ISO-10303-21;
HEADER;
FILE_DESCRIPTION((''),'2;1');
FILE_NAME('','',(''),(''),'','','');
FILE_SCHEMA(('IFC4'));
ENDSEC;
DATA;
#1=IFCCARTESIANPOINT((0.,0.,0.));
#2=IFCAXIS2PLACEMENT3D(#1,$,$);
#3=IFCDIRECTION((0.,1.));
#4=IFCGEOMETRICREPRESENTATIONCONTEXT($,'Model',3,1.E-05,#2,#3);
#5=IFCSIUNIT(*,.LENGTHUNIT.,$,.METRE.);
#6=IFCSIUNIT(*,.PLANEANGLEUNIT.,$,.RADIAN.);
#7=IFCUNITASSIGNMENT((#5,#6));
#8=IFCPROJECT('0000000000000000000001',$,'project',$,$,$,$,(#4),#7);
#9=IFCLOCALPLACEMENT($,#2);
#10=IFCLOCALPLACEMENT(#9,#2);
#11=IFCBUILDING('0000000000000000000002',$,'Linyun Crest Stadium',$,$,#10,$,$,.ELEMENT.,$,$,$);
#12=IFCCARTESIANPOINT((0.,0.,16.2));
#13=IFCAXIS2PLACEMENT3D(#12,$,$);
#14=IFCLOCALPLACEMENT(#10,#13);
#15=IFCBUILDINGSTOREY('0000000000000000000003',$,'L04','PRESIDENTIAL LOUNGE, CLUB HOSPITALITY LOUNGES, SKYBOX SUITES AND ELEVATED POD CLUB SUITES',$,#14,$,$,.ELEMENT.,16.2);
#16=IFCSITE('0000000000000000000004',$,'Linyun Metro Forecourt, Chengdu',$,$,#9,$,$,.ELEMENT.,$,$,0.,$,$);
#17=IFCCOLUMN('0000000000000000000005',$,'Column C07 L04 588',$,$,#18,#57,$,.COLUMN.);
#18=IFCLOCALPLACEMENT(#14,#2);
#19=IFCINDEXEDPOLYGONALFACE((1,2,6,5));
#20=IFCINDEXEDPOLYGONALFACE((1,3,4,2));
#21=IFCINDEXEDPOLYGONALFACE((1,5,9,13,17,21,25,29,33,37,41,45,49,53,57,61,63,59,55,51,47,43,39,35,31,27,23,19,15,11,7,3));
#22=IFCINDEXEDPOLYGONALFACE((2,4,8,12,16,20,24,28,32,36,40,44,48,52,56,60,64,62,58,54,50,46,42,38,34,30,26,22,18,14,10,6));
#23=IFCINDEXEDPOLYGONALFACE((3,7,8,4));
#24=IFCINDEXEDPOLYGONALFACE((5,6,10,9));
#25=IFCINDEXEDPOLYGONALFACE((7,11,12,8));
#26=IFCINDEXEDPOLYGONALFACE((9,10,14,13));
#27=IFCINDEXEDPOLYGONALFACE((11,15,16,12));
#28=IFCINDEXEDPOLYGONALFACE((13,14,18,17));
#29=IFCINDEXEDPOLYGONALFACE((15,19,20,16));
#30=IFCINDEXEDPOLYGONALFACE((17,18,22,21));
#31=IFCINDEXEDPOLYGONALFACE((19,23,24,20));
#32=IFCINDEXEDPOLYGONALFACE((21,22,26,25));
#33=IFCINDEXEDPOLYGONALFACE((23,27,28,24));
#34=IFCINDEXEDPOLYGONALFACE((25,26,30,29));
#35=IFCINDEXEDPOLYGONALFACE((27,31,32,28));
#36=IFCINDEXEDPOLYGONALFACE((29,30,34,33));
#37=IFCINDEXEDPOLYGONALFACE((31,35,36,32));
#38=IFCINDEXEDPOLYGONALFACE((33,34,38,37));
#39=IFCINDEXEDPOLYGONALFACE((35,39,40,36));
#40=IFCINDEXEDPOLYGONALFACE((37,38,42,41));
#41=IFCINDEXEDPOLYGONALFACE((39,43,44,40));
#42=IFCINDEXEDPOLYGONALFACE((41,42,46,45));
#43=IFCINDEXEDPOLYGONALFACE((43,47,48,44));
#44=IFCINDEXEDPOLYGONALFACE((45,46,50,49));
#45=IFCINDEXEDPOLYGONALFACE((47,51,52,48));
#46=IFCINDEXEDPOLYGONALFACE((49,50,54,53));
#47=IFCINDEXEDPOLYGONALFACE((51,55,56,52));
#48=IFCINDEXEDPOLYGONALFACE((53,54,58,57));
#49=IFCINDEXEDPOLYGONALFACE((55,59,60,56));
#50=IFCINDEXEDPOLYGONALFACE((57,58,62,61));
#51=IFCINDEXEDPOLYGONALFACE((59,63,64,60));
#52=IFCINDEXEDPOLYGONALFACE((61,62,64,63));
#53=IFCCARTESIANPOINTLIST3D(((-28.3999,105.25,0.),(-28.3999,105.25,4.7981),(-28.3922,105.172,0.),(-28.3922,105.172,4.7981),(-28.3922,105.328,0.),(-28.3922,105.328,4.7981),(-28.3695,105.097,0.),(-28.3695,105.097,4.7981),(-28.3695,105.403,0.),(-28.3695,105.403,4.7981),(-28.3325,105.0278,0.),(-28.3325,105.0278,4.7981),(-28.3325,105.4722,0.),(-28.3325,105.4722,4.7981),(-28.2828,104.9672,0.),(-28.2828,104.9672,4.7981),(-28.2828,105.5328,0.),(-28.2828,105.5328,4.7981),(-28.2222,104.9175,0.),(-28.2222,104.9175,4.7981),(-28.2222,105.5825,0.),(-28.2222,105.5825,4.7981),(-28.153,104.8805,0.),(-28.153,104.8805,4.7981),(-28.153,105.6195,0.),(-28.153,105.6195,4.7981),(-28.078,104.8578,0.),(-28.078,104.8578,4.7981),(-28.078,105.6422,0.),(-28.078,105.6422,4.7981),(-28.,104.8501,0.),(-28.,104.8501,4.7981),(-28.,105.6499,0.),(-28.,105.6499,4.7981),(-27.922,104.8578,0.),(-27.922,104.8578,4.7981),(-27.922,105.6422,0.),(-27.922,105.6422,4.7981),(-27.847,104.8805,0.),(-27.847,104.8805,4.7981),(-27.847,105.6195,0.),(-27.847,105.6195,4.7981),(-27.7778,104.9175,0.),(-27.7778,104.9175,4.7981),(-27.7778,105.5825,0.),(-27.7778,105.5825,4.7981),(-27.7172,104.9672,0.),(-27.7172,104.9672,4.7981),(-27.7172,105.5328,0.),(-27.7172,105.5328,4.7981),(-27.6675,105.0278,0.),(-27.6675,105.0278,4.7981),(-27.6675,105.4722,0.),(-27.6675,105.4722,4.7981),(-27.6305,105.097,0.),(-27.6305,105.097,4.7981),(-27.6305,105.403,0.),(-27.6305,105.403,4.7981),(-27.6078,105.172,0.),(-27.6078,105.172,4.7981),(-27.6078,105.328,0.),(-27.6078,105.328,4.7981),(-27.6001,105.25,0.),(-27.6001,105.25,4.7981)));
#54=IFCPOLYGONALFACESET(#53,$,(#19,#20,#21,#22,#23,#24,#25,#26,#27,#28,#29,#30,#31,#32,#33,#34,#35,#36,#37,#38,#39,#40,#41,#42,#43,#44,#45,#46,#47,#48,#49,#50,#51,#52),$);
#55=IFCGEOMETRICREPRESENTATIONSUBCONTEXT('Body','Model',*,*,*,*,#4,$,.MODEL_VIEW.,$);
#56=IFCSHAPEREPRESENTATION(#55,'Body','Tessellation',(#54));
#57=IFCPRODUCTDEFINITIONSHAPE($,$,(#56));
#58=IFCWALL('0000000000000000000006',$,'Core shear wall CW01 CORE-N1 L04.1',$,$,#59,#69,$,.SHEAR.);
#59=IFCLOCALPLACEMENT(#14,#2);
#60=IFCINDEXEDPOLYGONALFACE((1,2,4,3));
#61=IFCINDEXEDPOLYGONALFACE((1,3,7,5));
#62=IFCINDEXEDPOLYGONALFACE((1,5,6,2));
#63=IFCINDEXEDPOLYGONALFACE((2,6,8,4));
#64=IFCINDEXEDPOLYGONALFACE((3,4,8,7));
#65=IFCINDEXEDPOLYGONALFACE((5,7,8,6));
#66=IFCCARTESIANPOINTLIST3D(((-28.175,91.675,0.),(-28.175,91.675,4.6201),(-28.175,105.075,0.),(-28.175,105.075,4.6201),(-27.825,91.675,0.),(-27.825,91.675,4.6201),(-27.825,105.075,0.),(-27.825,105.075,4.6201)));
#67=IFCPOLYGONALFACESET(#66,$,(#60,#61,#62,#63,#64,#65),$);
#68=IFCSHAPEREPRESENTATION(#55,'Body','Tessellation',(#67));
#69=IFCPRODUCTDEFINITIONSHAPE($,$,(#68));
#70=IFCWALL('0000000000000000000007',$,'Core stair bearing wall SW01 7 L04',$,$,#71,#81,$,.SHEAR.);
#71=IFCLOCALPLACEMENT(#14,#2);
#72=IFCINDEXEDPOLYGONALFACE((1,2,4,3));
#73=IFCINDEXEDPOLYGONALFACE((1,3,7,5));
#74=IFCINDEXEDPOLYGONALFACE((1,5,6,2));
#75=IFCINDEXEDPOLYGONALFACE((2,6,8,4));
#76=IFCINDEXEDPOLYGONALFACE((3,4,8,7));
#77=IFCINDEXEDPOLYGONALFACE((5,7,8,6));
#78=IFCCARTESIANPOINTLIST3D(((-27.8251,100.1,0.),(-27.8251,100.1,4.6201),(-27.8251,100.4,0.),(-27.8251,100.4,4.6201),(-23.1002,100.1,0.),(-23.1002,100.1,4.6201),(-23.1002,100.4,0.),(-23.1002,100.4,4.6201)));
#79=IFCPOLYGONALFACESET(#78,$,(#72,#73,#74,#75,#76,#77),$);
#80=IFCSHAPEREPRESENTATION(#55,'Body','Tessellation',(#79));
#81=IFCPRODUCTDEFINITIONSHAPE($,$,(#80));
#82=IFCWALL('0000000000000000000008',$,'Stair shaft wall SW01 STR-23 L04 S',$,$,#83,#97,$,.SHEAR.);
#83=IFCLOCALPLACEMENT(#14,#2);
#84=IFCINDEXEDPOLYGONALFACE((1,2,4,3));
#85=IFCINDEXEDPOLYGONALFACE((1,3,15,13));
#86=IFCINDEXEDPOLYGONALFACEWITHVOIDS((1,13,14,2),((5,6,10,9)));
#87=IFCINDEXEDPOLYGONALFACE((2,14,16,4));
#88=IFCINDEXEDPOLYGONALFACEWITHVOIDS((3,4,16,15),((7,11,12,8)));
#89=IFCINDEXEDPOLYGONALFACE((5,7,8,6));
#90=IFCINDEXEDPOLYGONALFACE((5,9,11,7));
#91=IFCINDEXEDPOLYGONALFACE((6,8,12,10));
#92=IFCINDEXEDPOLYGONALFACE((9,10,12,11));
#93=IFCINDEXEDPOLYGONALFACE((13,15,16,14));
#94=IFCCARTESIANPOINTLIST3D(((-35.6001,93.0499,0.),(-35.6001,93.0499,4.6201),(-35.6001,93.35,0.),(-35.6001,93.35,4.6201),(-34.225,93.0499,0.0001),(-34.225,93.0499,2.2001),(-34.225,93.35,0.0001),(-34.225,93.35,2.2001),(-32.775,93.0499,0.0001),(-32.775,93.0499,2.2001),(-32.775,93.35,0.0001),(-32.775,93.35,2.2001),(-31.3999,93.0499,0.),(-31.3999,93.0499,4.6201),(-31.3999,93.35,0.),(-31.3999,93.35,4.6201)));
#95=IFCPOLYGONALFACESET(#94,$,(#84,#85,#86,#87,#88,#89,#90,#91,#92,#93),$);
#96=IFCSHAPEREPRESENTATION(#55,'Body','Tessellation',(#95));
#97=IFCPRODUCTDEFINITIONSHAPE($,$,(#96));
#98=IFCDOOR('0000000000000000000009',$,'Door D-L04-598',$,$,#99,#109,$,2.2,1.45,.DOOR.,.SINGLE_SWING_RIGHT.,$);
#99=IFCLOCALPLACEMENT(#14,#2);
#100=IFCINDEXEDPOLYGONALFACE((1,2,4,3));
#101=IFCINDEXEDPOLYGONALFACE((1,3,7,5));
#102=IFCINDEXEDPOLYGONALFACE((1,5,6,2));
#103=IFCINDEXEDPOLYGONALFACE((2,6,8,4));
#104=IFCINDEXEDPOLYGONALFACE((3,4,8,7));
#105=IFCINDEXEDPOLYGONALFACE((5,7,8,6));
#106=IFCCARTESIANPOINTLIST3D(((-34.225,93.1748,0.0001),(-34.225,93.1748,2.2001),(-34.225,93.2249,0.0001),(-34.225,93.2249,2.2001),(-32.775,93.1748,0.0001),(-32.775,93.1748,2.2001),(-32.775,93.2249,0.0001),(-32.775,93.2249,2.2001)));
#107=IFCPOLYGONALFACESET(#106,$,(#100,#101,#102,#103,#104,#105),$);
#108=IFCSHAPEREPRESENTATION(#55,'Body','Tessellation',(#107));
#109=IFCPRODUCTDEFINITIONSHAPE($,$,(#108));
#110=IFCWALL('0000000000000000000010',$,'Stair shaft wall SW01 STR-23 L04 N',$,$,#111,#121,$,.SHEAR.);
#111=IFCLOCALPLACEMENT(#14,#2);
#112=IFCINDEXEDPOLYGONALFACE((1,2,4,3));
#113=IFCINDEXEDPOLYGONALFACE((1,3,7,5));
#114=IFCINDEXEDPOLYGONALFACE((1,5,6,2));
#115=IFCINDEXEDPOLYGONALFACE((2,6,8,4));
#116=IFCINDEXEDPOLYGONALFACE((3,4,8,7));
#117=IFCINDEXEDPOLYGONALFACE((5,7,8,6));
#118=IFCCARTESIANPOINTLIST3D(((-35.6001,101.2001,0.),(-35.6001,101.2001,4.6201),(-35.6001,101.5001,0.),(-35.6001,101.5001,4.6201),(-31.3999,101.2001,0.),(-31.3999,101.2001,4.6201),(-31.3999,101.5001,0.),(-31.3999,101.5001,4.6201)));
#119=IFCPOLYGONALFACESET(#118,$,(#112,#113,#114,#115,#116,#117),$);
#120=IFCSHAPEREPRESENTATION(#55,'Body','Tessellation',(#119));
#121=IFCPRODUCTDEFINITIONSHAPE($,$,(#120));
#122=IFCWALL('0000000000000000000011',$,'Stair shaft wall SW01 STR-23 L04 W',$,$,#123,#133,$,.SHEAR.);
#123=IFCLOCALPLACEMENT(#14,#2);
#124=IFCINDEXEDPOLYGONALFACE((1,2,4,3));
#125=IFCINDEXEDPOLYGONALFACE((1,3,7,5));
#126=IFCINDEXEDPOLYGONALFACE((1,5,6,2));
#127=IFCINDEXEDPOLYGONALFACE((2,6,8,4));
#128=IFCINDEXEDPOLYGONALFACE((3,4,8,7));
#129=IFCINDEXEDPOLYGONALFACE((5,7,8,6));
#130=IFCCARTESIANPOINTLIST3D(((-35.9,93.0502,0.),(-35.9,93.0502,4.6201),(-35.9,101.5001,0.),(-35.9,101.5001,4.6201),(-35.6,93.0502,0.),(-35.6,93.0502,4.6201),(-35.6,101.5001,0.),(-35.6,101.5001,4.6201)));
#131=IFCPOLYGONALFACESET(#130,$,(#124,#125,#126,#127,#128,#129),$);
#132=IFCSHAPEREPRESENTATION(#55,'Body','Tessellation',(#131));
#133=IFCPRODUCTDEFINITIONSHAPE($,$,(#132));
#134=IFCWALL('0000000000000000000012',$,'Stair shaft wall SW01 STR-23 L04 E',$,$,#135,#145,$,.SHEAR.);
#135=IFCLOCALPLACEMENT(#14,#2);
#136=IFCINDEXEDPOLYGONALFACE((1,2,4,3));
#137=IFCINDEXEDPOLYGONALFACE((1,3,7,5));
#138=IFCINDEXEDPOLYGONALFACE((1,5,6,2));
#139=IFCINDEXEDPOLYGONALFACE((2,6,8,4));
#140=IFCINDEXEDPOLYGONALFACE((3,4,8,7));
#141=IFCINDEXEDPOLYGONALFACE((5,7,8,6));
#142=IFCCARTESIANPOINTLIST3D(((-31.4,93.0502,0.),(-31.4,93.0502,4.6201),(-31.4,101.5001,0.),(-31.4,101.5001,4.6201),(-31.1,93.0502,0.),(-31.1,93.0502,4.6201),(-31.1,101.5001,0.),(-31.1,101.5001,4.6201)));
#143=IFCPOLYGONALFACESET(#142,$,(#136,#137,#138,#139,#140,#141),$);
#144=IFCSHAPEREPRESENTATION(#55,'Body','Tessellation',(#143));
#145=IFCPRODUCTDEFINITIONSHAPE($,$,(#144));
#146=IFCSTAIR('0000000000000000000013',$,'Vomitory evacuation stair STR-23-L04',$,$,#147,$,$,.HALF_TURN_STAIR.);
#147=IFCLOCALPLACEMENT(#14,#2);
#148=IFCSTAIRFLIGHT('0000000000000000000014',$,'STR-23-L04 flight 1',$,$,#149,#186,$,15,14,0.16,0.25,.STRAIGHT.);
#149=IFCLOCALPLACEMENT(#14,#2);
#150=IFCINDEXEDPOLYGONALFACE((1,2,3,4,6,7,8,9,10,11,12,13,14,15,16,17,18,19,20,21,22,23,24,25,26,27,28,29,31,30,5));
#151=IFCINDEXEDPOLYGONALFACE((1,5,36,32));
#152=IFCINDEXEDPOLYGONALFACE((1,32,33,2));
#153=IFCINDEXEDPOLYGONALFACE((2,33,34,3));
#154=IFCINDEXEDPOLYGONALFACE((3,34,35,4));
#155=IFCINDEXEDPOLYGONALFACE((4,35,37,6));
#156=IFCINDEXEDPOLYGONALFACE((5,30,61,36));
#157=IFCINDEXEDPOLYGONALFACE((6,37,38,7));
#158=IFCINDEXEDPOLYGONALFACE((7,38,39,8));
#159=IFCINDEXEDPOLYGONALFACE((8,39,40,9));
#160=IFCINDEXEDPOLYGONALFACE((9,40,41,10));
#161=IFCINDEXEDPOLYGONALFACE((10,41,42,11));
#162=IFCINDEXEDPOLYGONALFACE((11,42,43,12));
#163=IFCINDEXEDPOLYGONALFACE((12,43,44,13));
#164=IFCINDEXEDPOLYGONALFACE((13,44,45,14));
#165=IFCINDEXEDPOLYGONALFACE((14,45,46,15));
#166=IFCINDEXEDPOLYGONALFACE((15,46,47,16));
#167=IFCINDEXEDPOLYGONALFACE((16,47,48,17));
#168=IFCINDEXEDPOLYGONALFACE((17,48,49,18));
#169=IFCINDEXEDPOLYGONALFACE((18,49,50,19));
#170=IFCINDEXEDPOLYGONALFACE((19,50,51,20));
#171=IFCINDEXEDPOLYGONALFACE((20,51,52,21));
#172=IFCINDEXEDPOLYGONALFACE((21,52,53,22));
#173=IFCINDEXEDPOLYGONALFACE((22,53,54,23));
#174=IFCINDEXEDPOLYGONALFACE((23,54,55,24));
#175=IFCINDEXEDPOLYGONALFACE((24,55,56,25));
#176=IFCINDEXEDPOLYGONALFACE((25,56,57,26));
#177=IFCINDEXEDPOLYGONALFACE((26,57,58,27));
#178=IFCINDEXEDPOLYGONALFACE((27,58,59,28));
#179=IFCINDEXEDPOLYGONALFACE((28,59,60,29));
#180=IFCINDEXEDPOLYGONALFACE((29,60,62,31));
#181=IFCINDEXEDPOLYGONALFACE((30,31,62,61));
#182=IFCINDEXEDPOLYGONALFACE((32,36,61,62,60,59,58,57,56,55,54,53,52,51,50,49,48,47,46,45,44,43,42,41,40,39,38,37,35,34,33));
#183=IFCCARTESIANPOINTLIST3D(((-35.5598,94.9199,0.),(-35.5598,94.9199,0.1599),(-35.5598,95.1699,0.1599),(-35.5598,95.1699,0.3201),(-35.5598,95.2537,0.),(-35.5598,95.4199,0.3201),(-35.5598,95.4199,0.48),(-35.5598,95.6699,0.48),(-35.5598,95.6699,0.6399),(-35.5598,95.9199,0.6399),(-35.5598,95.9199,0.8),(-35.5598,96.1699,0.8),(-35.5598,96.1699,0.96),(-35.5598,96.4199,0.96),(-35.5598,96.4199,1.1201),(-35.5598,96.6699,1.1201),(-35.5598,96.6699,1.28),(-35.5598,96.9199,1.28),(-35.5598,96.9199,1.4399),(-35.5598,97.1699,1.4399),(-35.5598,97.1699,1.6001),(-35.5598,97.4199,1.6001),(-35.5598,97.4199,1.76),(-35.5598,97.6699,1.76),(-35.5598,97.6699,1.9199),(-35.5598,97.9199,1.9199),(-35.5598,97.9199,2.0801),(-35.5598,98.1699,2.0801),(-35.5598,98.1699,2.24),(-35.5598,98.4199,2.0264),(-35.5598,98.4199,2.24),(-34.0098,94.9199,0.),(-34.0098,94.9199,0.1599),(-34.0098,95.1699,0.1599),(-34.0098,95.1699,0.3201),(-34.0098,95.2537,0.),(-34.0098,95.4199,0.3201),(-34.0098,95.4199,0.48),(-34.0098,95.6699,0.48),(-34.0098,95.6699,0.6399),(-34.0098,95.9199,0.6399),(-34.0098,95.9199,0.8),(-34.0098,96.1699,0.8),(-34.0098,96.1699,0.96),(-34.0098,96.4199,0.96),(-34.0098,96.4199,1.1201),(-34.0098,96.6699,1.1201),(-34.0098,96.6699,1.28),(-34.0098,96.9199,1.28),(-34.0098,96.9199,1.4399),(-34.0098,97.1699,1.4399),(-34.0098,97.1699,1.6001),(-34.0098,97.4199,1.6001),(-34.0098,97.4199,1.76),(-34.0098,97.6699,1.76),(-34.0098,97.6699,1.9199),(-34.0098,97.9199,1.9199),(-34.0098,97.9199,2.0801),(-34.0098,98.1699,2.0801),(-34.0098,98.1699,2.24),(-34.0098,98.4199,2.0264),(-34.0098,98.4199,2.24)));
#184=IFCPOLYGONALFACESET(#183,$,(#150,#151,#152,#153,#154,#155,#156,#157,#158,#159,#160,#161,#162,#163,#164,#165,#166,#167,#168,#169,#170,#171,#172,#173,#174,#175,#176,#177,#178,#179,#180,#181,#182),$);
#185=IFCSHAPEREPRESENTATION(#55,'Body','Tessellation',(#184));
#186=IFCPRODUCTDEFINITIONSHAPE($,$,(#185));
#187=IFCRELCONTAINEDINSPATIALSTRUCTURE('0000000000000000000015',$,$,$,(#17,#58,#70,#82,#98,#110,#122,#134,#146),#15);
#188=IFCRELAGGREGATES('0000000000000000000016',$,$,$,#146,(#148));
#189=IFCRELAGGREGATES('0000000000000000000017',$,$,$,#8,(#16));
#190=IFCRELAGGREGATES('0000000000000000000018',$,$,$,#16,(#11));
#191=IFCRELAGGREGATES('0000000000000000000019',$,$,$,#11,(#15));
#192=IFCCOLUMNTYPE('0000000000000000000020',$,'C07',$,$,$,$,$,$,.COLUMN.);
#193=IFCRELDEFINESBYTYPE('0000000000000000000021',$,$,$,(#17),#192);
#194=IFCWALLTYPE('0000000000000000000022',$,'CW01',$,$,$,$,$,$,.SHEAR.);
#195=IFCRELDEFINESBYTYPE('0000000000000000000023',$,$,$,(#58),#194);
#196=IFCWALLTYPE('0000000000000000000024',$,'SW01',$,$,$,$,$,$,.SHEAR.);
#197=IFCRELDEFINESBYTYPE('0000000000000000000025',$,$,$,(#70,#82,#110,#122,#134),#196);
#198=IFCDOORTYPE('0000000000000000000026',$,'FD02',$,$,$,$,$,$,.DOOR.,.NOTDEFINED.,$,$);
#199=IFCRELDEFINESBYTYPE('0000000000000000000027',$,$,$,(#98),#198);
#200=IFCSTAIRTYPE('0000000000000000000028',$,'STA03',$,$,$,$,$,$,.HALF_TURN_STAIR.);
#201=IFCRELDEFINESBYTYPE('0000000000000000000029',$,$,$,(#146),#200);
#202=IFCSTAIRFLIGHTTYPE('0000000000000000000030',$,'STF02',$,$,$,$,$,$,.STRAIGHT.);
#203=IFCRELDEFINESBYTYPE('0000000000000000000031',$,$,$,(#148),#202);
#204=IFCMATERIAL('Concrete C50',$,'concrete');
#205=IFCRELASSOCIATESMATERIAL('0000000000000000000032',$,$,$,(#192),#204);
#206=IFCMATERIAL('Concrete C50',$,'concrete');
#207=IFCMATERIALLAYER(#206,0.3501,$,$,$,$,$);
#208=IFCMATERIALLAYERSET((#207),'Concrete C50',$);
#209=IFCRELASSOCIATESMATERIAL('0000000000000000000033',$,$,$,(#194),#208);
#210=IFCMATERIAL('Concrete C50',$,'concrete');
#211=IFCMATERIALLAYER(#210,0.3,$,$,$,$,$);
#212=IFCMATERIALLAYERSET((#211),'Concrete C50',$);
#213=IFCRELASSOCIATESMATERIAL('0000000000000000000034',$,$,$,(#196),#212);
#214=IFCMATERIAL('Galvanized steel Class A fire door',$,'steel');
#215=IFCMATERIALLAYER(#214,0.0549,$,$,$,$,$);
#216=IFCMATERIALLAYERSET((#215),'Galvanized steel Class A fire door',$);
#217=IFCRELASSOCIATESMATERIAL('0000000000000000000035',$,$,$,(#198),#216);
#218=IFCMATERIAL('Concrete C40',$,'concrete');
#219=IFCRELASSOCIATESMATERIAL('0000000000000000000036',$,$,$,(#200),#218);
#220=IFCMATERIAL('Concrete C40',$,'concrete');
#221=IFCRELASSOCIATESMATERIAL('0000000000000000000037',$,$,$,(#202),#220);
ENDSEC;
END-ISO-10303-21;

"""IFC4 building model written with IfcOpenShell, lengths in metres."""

from ifc_helpers import new_model, si_unit, direction, frame, frame_2d, origin, origin_2d, place, context, subcontext, project, spatial, polyline, rectangle, circle, outline, extrude, material, layer, layer_set, material_profile, profile_set, type_object, element, fill, aggregate, save


model = new_model("IFC4")

# Units and contexts
model_context = context("Model", 3, precision=1e-05, world=origin(), true_north=direction((0.0, 1.0)))
body_context = subcontext(model_context, "Body", "Model", "MODEL_VIEW")
ifc_project = project(units=[si_unit("LENGTHUNIT", "METRE"), si_unit("PLANEANGLEUNIT", "RADIAN")], contexts=[model_context])

# Site, building, storey
site_placement = place(None, origin())
site = spatial("IfcSite", under=ifc_project, at=site_placement, Name="Linyun Metro Forecourt, Chengdu", CompositionType="ELEMENT", RefElevation=0.0)
building_placement = place(site_placement, origin())
building = spatial("IfcBuilding", under=site, at=building_placement, Name="Linyun Crest Stadium", CompositionType="ELEMENT")
storey_placement = place(building_placement, frame((0.0, 0.0, 16.2)))
storey = spatial("IfcBuildingStorey", under=building, at=storey_placement, Name="L04", Description="PRESIDENTIAL LOUNGE, CLUB HOSPITALITY LOUNGES, SKYBOX SUITES AND ELEVATED POD CLUB SUITES", CompositionType="ELEMENT", Elevation=16.2)

# Column
ifc_material_1 = material(Name="Concrete C50", Category="concrete")
ifc_material_profile = material_profile(ifc_material_1, circle(Radius=0.3999, at=origin_2d()), Name="RC D800")
ifc_profile_set = profile_set([ifc_material_profile], Name="Concrete C50")
column_type = type_object("IfcColumnType", Name="C07", PredefinedType="COLUMN", material=ifc_profile_set)
column_placement = place(storey_placement, frame((-28.0, 105.25, 0.0), z_axis=(0.0, 0.0, 1.0), x_axis=(1.0, 0.0, 0.0)))
element("IfcColumn", 1, at=column_placement, inside=storey, type_object=column_type, Name="Column C07 L04 588", PredefinedType="COLUMN", context=body_context, shape_type="SweptSolid", body=[
    extrude(circle(Radius=0.3999, at=origin_2d()), origin(), (0.0, 0.0, 1.0), 4.7981),
])

# Walls
ifc_material_2 = material(Name="Concrete C50", Category="concrete")
ifc_layer_1 = layer(ifc_material_2, 0.3501)
ifc_layer_set_1 = layer_set([ifc_layer_1], Name="Concrete C50")
wall_type_1 = type_object("IfcWallType", Name="CW01", PredefinedType="SHEAR", material=ifc_layer_set_1)
wall_1_placement = place(storey_placement, frame((-28.0, 91.675, 0.0), z_axis=(0.0, 0.0, 1.0), x_axis=(0.0, 1.0, 0.0)))
element("IfcWall", 2, at=wall_1_placement, inside=storey, type_object=wall_type_1, Name="Core shear wall CW01 CORE-N1 L04.1", PredefinedType="SHEAR", context=body_context, shape_type="SweptSolid", body=[
    extrude(rectangle(XDim=13.3999, YDim=0.3501, at=frame_2d((6.7, 0.0))), origin(), (0.0, 0.0, 1.0), 4.6201),
])
ifc_material_3 = material(Name="Concrete C50", Category="concrete")
ifc_layer_2 = layer(ifc_material_3, 0.3)
ifc_layer_set_2 = layer_set([ifc_layer_2], Name="Concrete C50")
wall_type_2 = type_object("IfcWallType", Name="SW01", PredefinedType="SHEAR", material=ifc_layer_set_2)
wall_2_placement = place(storey_placement, frame((-27.825, 100.25, 0.0), z_axis=(0.0, 0.0, 1.0), x_axis=(1.0, 0.0, 0.0)))
element("IfcWall", 3, at=wall_2_placement, inside=storey, type_object=wall_type_2, Name="Core stair bearing wall SW01 7 L04", PredefinedType="SHEAR", context=body_context, shape_type="SweptSolid", body=[
    extrude(rectangle(XDim=4.7249, YDim=0.3, at=frame_2d((2.3623, 0.0))), origin(), (0.0, 0.0, 1.0), 4.6201),
])

# Wall, opening, door
wall_3_placement = place(storey_placement, frame((-35.6001, 93.2, 0.0), z_axis=(0.0, 0.0, 1.0), x_axis=(1.0, 0.0, 0.0)))
wall_3 = element("IfcWall", 4, at=wall_3_placement, inside=storey, type_object=wall_type_2, Name="Stair shaft wall SW01 STR-23 L04 S", PredefinedType="SHEAR", context=body_context, shape_type="SweptSolid", body=[
    extrude(rectangle(XDim=4.2002, YDim=0.3, at=frame_2d((2.1001, 0.0))), origin(), (0.0, 0.0, 1.0), 4.6201),
])
opening_placement = place(wall_3_placement, frame((1.375, 0.0, 0.0)))
opening = element("IfcOpeningElement", 5, at=opening_placement, cuts=wall_3, PredefinedType="OPENING", context=body_context, shape_type="SweptSolid", body=[
    extrude(rectangle(XDim=1.45, YDim=2.2, at=frame_2d((0.7251, 1.1001))), frame((0.0, 0.1599, 0.0), z_axis=(0.0, -1.0, 0.0), x_axis=(1.0, 0.0, 0.0)), (0.0, 0.0, 1.0), 0.3201),
])
ifc_material_4 = material(Name="Galvanized steel Class A fire door", Category="steel")
ifc_layer_3 = layer(ifc_material_4, 0.0549)
ifc_layer_set_3 = layer_set([ifc_layer_3], Name="Galvanized steel Class A fire door")
door_type = type_object("IfcDoorType", Name="FD02", OperationType="NOTDEFINED", PredefinedType="DOOR", material=ifc_layer_set_3)
door_placement = place(opening_placement, origin())
door = element("IfcDoor", 6, at=door_placement, inside=storey, type_object=door_type, Name="Door D-L04-598", OperationType="SINGLE_SWING_RIGHT", OverallHeight=2.2, OverallWidth=1.45, PredefinedType="DOOR", context=body_context, shape_type="SweptSolid", body=[
    extrude(rectangle(XDim=1.45, YDim=2.2, at=frame_2d((0.7251, 1.1001))), frame((0.0, 0.0249, 0.0), z_axis=(0.0, -1.0, 0.0), x_axis=(1.0, 0.0, 0.0)), (0.0, 0.0, 1.0), 0.05),
])
fill(opening, door)

# Walls
wall_4_placement = place(storey_placement, frame((-35.6001, 101.3501, 0.0), z_axis=(0.0, 0.0, 1.0), x_axis=(1.0, 0.0, 0.0)))
element("IfcWall", 7, at=wall_4_placement, inside=storey, type_object=wall_type_2, Name="Stair shaft wall SW01 STR-23 L04 N", PredefinedType="SHEAR", context=body_context, shape_type="SweptSolid", body=[
    extrude(rectangle(XDim=4.2002, YDim=0.3, at=frame_2d((2.1001, 0.0))), origin(), (0.0, 0.0, 1.0), 4.6201),
])
for number, where, z_axis, x_axis, name in (
    (8, (-35.75, 93.05, 0.0), (0.0, 0.0, 1.0), (0.0, 1.0, 0.0), "Stair shaft wall SW01 STR-23 L04 W"),
    (9, (-31.25, 93.05, 0.0), (0.0, 0.0, 1.0), (0.0, 1.0, 0.0), "Stair shaft wall SW01 STR-23 L04 E"),
):
    element("IfcWall", number, at=place(storey_placement, frame(where, z_axis=z_axis, x_axis=x_axis)), inside=storey, type_object=wall_type_2, Name=name, PredefinedType="SHEAR", context=body_context, shape_type="SweptSolid", body=[
        extrude(rectangle(XDim=8.45, YDim=0.3, at=frame_2d((4.2251, 0.0))), origin(), (0.0, 0.0, 1.0), 4.6201),
    ])

# Stair, stair flight
ifc_material_5 = material(Name="Concrete C40", Category="concrete")
stair_type = type_object("IfcStairType", Name="STA03", PredefinedType="HALF_TURN_STAIR", material=ifc_material_5)
stair_placement = place(storey_placement, origin())
stair = element("IfcStair", 10, at=stair_placement, inside=storey, type_object=stair_type, Name="Vomitory evacuation stair STR-23-L04", PredefinedType="HALF_TURN_STAIR")
ifc_material_6 = material(Name="Concrete C40", Category="concrete")
stair_flight_type = type_object("IfcStairFlightType", Name="STF02", PredefinedType="STRAIGHT", material=ifc_material_6)
stair_flight_1_placement = place(storey_placement, frame((-34.7849, 94.9199, 0.0), z_axis=(0.0, 0.0, 1.0), x_axis=(0.0, 1.0, 0.0)))
stair_flight_1 = element("IfcStairFlight", 11, at=stair_flight_1_placement, type_object=stair_flight_type, Name="STR-23-L04 flight 1", NumberOfRisers=15, NumberOfTreads=14, PredefinedType="STRAIGHT", RiserHeight=0.16, TreadLength=0.25, context=body_context, shape_type="SweptSolid", body=[
    extrude(outline(polyline([(0.0, 0.0), (0.0, 0.1599), (0.25, 0.1599), (0.25, 0.3201), (0.5, 0.3201), (0.5, 0.48), (0.75, 0.48), (0.75, 0.6399), (1.0, 0.6399), (1.0, 0.8), (1.25, 0.8), (1.25, 0.96), (1.5, 0.96), (1.5, 1.1201), (1.75, 1.1201), (1.75, 1.28), (2.0, 1.28), (2.0, 1.4399), (2.25, 1.4399), (2.25, 1.6001), (2.5, 1.6001), (2.5, 1.76), (2.75, 1.76), (2.75, 1.9199), (3.0, 1.9199), (3.0, 2.0801), (3.25, 2.0801), (3.25, 2.24), (3.5, 2.24), (3.5, 2.3999), (3.5, 2.0264), (0.3337, 0.0), (0.0, 0.0)])), frame((0.0, 0.7749, 0.0), z_axis=(0.0, -1.0, 0.0), x_axis=(1.0, 0.0, 0.0)), (0.0, 0.0, 1.0), 1.55),
])
aggregate(stair, [stair_flight_1])

save(model, "model.ifc")
